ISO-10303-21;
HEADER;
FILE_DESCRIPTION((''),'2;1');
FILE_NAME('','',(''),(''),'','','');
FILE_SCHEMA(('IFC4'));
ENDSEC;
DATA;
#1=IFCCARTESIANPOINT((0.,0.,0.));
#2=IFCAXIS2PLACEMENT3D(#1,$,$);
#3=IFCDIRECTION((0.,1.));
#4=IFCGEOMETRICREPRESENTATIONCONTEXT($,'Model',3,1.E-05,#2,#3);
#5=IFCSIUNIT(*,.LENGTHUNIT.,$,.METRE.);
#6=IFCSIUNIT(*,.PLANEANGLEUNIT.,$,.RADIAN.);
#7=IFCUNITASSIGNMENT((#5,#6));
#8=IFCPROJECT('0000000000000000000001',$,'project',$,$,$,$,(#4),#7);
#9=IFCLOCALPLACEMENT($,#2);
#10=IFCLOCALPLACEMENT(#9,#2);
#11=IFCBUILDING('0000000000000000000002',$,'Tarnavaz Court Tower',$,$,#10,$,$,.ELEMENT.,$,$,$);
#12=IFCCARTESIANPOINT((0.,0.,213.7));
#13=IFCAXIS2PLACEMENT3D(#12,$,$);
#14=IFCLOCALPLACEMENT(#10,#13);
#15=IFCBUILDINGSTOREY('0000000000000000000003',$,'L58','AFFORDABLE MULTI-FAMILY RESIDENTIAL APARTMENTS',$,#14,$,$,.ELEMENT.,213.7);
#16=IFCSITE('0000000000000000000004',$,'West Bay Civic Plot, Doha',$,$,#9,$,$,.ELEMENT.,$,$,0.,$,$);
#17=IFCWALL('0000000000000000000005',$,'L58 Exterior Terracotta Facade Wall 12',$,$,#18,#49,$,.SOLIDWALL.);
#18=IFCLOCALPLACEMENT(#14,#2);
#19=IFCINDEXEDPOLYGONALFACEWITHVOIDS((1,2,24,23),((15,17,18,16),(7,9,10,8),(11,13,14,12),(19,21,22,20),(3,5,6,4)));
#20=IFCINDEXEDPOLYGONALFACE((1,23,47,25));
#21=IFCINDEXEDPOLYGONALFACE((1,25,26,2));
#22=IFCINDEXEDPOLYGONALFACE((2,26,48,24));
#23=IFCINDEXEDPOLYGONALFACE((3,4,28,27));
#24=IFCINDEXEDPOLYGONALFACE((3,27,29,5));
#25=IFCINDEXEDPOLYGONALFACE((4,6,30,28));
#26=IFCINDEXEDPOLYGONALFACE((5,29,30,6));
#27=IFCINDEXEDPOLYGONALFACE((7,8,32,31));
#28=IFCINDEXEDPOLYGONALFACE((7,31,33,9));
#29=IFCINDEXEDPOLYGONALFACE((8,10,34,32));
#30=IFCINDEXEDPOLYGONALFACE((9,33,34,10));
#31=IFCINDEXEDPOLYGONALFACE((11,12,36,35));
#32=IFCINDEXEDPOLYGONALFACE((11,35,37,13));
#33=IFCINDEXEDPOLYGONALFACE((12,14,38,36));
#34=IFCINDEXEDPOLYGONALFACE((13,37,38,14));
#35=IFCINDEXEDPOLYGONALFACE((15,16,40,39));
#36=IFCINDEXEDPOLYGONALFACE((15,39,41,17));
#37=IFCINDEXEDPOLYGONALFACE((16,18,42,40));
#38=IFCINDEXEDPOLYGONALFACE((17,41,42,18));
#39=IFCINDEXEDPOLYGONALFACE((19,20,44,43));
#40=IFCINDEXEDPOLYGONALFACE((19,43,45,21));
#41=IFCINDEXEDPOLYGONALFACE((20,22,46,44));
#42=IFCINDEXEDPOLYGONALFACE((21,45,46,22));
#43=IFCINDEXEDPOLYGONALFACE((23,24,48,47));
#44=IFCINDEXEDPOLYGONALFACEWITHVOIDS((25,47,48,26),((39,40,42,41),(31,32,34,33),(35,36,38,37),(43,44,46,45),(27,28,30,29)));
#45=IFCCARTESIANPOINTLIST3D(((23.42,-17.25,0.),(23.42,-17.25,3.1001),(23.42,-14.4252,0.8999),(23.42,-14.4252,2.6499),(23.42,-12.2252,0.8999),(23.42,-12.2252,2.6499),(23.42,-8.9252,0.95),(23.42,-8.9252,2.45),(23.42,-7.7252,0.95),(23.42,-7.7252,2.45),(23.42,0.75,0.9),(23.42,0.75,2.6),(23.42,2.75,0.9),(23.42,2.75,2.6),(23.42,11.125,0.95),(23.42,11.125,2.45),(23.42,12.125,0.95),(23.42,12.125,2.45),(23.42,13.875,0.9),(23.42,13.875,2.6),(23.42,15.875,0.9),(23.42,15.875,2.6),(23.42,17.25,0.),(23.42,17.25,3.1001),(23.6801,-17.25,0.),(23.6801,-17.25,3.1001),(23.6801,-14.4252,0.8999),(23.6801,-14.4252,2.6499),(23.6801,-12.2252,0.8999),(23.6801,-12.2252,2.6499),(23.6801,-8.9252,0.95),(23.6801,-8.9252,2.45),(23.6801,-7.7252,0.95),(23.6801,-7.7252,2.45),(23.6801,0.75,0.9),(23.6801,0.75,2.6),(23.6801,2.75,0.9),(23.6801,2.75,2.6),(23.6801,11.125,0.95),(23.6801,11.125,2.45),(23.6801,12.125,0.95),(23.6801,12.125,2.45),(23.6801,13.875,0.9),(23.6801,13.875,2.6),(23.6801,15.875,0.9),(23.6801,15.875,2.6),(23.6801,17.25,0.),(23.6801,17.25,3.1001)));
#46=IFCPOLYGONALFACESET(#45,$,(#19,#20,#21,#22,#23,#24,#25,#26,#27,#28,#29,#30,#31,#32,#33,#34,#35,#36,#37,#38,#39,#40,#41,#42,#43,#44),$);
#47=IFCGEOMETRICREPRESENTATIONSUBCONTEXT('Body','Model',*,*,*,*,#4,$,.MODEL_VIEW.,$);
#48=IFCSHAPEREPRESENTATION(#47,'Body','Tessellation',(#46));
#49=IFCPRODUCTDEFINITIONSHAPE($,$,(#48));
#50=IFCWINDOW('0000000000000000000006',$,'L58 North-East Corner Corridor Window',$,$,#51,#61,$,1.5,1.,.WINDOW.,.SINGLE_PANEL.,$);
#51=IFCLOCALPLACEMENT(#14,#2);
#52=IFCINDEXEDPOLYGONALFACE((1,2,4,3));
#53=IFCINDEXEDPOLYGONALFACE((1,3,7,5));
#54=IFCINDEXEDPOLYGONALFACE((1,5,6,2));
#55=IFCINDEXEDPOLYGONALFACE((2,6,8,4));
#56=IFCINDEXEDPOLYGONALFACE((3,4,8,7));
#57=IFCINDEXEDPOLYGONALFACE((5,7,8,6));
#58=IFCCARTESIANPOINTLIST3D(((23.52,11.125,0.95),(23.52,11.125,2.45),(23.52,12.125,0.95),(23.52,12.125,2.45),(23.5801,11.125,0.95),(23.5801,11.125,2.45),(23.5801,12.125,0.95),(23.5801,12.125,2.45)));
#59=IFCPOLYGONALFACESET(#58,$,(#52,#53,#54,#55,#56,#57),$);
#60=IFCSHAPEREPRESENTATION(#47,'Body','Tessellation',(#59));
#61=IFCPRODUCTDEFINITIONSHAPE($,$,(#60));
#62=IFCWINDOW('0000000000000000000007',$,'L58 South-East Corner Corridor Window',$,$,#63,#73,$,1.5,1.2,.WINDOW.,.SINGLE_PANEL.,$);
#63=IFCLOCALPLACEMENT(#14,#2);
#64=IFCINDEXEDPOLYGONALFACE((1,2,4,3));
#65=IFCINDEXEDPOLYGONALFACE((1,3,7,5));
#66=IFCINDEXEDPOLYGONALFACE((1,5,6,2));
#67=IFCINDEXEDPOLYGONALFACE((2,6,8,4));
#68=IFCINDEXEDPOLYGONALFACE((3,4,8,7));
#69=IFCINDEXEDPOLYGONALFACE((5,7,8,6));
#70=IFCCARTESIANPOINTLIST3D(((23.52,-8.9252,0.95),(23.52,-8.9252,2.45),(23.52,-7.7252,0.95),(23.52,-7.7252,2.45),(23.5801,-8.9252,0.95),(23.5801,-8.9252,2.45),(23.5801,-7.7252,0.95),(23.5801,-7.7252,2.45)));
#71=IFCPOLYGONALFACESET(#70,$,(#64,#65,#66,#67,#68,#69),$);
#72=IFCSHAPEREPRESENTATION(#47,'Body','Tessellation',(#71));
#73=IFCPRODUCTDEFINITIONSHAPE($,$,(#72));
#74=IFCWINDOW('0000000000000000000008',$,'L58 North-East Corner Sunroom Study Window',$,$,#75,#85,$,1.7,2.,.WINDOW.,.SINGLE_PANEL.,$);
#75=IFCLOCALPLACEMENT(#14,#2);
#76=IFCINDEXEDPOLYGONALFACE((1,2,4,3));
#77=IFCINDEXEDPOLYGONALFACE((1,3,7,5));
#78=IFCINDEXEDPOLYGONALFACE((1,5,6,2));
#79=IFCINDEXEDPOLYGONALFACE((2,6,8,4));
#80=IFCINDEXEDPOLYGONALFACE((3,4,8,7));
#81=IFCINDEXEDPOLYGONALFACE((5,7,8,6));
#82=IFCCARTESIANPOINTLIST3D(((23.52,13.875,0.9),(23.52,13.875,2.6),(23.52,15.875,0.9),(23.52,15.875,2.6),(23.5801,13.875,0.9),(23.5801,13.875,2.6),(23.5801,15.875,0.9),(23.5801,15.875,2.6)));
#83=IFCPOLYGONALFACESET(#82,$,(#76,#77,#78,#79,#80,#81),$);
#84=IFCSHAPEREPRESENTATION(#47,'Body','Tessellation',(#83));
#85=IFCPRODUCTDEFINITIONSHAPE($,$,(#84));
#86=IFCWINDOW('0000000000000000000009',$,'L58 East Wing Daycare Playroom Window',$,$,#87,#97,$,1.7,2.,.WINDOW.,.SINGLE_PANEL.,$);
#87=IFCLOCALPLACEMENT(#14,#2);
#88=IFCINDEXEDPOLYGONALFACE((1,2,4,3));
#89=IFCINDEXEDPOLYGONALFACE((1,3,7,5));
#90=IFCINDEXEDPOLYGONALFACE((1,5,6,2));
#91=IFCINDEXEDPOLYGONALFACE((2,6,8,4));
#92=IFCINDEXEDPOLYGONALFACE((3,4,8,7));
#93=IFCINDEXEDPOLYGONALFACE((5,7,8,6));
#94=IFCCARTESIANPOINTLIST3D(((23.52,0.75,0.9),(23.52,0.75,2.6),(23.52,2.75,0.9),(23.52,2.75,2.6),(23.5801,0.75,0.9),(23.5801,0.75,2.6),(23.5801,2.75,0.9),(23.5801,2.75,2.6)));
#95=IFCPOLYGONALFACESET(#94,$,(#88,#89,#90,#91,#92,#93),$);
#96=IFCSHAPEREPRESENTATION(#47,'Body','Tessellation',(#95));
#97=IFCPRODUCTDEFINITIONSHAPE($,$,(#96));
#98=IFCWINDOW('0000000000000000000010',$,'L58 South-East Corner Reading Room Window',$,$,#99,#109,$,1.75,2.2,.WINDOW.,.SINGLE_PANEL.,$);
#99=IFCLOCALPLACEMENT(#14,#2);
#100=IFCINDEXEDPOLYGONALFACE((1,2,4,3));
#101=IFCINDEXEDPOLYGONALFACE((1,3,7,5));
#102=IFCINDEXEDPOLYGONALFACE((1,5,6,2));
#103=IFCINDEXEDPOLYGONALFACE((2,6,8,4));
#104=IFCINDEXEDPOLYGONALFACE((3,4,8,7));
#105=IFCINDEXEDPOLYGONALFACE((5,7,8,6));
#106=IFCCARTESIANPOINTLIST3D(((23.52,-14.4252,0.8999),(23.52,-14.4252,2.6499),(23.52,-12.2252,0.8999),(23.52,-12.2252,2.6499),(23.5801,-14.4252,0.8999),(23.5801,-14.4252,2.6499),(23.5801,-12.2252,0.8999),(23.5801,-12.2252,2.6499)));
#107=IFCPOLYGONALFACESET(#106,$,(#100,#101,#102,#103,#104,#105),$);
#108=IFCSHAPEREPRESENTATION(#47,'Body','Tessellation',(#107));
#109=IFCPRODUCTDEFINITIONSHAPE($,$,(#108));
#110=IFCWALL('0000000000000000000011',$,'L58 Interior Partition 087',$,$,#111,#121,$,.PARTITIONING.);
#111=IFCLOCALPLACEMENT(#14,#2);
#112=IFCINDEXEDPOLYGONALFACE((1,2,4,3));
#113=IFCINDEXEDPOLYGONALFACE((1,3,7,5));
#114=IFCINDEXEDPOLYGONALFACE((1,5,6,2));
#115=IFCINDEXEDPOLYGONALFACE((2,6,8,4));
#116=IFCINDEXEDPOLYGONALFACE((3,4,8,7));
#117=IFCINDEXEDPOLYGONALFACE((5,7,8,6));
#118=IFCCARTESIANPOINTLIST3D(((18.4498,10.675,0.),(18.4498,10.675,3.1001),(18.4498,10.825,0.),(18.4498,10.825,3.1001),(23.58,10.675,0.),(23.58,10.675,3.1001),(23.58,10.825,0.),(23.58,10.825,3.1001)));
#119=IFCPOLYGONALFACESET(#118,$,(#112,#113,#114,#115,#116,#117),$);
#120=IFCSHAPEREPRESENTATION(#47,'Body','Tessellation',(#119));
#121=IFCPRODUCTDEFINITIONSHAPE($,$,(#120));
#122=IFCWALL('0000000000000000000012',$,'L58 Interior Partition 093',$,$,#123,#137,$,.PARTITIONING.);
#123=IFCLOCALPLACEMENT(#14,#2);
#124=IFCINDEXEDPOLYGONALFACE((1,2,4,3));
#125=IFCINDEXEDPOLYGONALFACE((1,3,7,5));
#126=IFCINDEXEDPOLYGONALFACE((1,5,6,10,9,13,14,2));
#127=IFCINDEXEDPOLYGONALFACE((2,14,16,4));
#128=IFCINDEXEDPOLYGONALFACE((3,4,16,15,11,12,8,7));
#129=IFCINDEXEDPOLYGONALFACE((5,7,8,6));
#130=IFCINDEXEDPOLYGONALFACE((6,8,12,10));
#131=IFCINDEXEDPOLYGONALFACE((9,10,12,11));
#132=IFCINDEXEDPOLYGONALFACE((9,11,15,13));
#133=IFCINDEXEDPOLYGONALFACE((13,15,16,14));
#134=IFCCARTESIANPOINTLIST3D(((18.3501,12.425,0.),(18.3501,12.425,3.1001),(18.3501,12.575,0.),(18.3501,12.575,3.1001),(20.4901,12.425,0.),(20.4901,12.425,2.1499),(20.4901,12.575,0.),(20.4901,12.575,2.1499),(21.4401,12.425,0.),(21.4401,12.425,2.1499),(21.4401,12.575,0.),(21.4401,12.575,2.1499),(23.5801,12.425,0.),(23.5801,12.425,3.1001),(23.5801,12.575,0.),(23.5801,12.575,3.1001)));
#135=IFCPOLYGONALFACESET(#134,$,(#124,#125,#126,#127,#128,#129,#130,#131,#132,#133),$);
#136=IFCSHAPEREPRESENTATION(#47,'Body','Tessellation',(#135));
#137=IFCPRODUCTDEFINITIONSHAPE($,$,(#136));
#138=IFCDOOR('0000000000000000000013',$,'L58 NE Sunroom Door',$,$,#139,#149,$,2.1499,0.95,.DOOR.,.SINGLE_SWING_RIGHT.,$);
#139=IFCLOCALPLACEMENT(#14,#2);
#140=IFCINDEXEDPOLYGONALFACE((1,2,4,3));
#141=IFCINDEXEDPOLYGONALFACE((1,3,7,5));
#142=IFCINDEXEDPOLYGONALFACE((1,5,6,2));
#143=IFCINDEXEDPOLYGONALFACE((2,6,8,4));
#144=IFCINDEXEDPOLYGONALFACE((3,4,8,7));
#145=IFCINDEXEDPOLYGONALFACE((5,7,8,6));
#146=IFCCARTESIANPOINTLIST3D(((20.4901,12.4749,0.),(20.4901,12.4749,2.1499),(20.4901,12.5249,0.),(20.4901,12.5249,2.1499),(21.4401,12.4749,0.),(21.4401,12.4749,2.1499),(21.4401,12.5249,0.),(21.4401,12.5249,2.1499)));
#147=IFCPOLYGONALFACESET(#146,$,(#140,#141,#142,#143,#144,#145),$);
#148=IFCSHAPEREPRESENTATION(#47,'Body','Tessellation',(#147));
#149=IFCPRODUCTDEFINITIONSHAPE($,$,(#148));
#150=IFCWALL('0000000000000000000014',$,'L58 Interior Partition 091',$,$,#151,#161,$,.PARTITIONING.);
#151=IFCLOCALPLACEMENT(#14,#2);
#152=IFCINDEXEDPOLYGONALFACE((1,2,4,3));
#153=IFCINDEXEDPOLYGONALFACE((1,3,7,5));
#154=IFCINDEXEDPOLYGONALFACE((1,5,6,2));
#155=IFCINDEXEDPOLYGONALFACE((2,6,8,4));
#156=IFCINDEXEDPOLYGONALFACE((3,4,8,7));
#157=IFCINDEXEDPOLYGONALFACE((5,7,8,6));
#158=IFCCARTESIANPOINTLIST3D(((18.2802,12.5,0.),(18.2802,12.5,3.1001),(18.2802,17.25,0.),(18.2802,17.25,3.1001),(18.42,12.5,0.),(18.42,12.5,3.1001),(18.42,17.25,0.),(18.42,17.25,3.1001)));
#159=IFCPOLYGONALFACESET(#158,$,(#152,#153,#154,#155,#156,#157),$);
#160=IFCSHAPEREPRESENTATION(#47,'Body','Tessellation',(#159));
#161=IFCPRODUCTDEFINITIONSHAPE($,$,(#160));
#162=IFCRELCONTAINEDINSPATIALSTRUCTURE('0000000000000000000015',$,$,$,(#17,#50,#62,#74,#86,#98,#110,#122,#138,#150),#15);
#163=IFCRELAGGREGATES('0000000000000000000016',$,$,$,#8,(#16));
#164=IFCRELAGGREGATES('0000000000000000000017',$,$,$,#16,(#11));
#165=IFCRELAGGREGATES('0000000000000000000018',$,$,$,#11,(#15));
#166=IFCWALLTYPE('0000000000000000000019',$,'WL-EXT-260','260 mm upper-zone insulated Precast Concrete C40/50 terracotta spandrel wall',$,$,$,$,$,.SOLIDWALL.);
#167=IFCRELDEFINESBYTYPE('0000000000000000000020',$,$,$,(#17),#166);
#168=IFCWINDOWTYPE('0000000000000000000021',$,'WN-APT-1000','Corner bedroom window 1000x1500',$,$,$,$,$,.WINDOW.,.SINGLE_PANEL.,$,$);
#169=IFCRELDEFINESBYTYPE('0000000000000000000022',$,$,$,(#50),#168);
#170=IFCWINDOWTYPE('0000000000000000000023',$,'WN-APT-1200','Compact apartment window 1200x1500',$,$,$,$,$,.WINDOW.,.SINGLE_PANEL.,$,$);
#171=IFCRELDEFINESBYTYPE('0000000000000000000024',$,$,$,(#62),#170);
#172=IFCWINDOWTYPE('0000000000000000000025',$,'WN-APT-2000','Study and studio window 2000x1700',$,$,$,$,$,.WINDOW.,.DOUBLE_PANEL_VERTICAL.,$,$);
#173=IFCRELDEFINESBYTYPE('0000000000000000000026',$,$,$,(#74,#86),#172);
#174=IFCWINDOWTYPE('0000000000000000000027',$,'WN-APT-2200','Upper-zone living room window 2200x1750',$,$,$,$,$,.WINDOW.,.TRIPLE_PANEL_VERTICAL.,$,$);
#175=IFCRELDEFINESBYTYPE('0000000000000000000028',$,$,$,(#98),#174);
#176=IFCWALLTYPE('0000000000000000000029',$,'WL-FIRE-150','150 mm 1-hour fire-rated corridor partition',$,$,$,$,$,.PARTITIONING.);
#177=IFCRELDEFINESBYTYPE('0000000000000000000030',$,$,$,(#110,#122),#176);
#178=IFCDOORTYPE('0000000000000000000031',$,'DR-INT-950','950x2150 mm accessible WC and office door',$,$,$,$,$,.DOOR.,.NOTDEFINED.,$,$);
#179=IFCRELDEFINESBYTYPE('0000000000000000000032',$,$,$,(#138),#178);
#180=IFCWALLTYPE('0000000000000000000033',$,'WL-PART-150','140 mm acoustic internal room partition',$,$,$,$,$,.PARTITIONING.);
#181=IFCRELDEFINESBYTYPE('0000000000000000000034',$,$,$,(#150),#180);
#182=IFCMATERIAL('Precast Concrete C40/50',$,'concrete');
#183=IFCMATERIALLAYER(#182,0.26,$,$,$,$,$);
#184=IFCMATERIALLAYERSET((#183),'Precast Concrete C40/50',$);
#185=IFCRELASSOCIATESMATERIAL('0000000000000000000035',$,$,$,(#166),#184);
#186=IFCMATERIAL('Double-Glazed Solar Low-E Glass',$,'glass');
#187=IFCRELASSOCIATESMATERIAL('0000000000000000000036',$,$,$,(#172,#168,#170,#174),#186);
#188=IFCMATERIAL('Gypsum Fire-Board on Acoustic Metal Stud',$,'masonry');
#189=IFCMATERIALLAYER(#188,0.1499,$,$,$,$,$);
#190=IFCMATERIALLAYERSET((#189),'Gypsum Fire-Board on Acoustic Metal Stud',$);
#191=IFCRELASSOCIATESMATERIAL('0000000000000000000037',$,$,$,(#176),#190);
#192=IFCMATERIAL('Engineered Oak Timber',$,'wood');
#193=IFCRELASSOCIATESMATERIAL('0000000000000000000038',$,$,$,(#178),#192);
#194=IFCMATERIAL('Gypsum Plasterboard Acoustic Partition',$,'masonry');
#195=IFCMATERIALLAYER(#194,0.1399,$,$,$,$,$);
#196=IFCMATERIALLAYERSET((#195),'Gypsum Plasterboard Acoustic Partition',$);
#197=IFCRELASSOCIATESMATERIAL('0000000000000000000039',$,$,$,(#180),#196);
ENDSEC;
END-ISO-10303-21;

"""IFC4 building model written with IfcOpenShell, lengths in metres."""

from ifc_helpers import new_model, si_unit, direction, frame, frame_2d, origin, place, context, subcontext, project, spatial, rectangle, extrude, material, layer, layer_set, type_object, element, fill, save


model = new_model("IFC4")

# Units and contexts
model_context = context("Model", 3, precision=1e-05, world=origin(), true_north=direction((0.0, 1.0)))
body_context = subcontext(model_context, "Body", "Model", "MODEL_VIEW")
ifc_project = project(units=[si_unit("LENGTHUNIT", "METRE"), si_unit("PLANEANGLEUNIT", "RADIAN")], contexts=[model_context])

# Site, building, storey
site_placement = place(None, origin())
site = spatial("IfcSite", under=ifc_project, at=site_placement, Name="West Bay Civic Plot, Doha", CompositionType="ELEMENT", RefElevation=0.0)
building_placement = place(site_placement, origin())
building = spatial("IfcBuilding", under=site, at=building_placement, Name="Tarnavaz Court Tower", CompositionType="ELEMENT")
storey_placement = place(building_placement, frame((0.0, 0.0, 213.7)))
storey = spatial("IfcBuildingStorey", under=building, at=storey_placement, Name="L58", Description="AFFORDABLE MULTI-FAMILY RESIDENTIAL APARTMENTS", CompositionType="ELEMENT", Elevation=213.7)

# Shared definitions
ifc_material_1 = material(Name="Precast Concrete C40/50", Category="concrete")
ifc_layer_1 = layer(ifc_material_1, 0.26)
ifc_layer_set_1 = layer_set([ifc_layer_1], Name="Precast Concrete C40/50")
wall_type_1 = type_object("IfcWallType", Name="WL-EXT-260", Description="260 mm upper-zone insulated Precast Concrete C40/50 terracotta spandrel wall", PredefinedType="SOLIDWALL", material=ifc_layer_set_1)
ifc_material_2 = material(Name="Double-Glazed Solar Low-E Glass", Category="glass")
window_type_1 = type_object("IfcWindowType", Name="WN-APT-2000", Description="Study and studio window 2000x1700", PartitioningType="DOUBLE_PANEL_VERTICAL", PredefinedType="WINDOW", material=ifc_material_2)

# Wall, openings, windows
wall_1_placement = place(storey_placement, frame((23.55, 17.25, 0.0), z_axis=(0.0, 0.0, 1.0), x_axis=(0.0, -1.0, 0.0)))
wall_1 = element("IfcWall", 1, at=wall_1_placement, inside=storey, type_object=wall_type_1, Name="L58 Exterior Terracotta Facade Wall 12", PredefinedType="SOLIDWALL", context=body_context, shape_type="SweptSolid", body=[
    extrude(rectangle(XDim=34.5, YDim=0.26, at=frame_2d((17.25, 0.0))), origin(), (0.0, 0.0, 1.0), 3.1001),
])
opening_1_placement = place(wall_1_placement, frame((1.375, 0.0, 0.8999)))
opening_1 = element("IfcOpeningElement", 2, at=opening_1_placement, cuts=wall_1, PredefinedType="OPENING", context=body_context, shape_type="SweptSolid", body=[
    extrude(rectangle(XDim=2.0, YDim=1.7, at=frame_2d((1.0, 0.8501))), frame((0.0, 0.1399, 0.0), z_axis=(0.0, -1.0, 0.0), x_axis=(1.0, 0.0, 0.0)), (0.0, 0.0, 1.0), 0.28),
])
opening_2_placement = place(wall_1_placement, frame((5.125, 0.0, 0.95)))
opening_2 = element("IfcOpeningElement", 3, at=opening_2_placement, cuts=wall_1, PredefinedType="OPENING", context=body_context, shape_type="SweptSolid", body=[
    extrude(rectangle(XDim=1.0, YDim=1.5, at=frame_2d((0.5, 0.75))), frame((0.0, 0.1399, 0.0), z_axis=(0.0, -1.0, 0.0), x_axis=(1.0, 0.0, 0.0)), (0.0, 0.0, 1.0), 0.28),
])
opening_3_placement = place(wall_1_placement, frame((14.5, 0.0, 0.8999)))
opening_3 = element("IfcOpeningElement", 4, at=opening_3_placement, cuts=wall_1, PredefinedType="OPENING", context=body_context, shape_type="SweptSolid", body=[
    extrude(rectangle(XDim=2.0, YDim=1.7, at=frame_2d((1.0, 0.8501))), frame((0.0, 0.1399, 0.0), z_axis=(0.0, -1.0, 0.0), x_axis=(1.0, 0.0, 0.0)), (0.0, 0.0, 1.0), 0.28),
])
opening_4_placement = place(wall_1_placement, frame((24.9751, 0.0, 0.95)))
opening_4 = element("IfcOpeningElement", 5, at=opening_4_placement, cuts=wall_1, PredefinedType="OPENING", context=body_context, shape_type="SweptSolid", body=[
    extrude(rectangle(XDim=1.2, YDim=1.5, at=frame_2d((0.6001, 0.75))), frame((0.0, 0.1399, 0.0), z_axis=(0.0, -1.0, 0.0), x_axis=(1.0, 0.0, 0.0)), (0.0, 0.0, 1.0), 0.28),
])
opening_5_placement = place(wall_1_placement, frame((29.4751, 0.0, 0.8999)))
opening_5 = element("IfcOpeningElement", 6, at=opening_5_placement, cuts=wall_1, PredefinedType="OPENING", context=body_context, shape_type="SweptSolid", body=[
    extrude(rectangle(XDim=2.2, YDim=1.75, at=frame_2d((1.1001, 0.875))), frame((0.0, 0.1399, 0.0), z_axis=(0.0, -1.0, 0.0), x_axis=(1.0, 0.0, 0.0)), (0.0, 0.0, 1.0), 0.28),
])
window_type_2 = type_object("IfcWindowType", Name="WN-APT-1000", Description="Corner bedroom window 1000x1500", PartitioningType="SINGLE_PANEL", PredefinedType="WINDOW", material=ifc_material_2)
window_1_placement = place(opening_2_placement, origin())
window_1 = element("IfcWindow", 7, at=window_1_placement, inside=storey, type_object=window_type_2, Name="L58 North-East Corner Corridor Window", OverallHeight=1.5, OverallWidth=1.0, PartitioningType="SINGLE_PANEL", PredefinedType="WINDOW", context=body_context, shape_type="SweptSolid", body=[
    extrude(rectangle(XDim=1.0, YDim=1.5, at=frame_2d((0.5, 0.75))), frame((0.0, 0.03, 0.0), z_axis=(0.0, -1.0, 0.0), x_axis=(1.0, 0.0, 0.0)), (0.0, 0.0, 1.0), 0.0601),
])
fill(opening_2, window_1)
window_type_3 = type_object("IfcWindowType", Name="WN-APT-1200", Description="Compact apartment window 1200x1500", PartitioningType="SINGLE_PANEL", PredefinedType="WINDOW", material=ifc_material_2)
window_2_placement = place(opening_4_placement, origin())
window_2 = element("IfcWindow", 8, at=window_2_placement, inside=storey, type_object=window_type_3, Name="L58 South-East Corner Corridor Window", OverallHeight=1.5, OverallWidth=1.2, PartitioningType="SINGLE_PANEL", PredefinedType="WINDOW", context=body_context, shape_type="SweptSolid", body=[
    extrude(rectangle(XDim=1.2, YDim=1.5, at=frame_2d((0.6001, 0.75))), frame((0.0, 0.03, 0.0), z_axis=(0.0, -1.0, 0.0), x_axis=(1.0, 0.0, 0.0)), (0.0, 0.0, 1.0), 0.0601),
])
fill(opening_4, window_2)
window_3_placement = place(opening_1_placement, origin())
window_3 = element("IfcWindow", 9, at=window_3_placement, inside=storey, type_object=window_type_1, Name="L58 North-East Corner Sunroom Study Window", OverallHeight=1.7, OverallWidth=2.0, PartitioningType="SINGLE_PANEL", PredefinedType="WINDOW", context=body_context, shape_type="SweptSolid", body=[
    extrude(rectangle(XDim=2.0, YDim=1.7, at=frame_2d((1.0, 0.8501))), frame((0.0, 0.03, 0.0), z_axis=(0.0, -1.0, 0.0), x_axis=(1.0, 0.0, 0.0)), (0.0, 0.0, 1.0), 0.0601),
])
fill(opening_1, window_3)
window_4_placement = place(opening_3_placement, origin())
window_4 = element("IfcWindow", 10, at=window_4_placement, inside=storey, type_object=window_type_1, Name="L58 East Wing Daycare Playroom Window", OverallHeight=1.7, OverallWidth=2.0, PartitioningType="SINGLE_PANEL", PredefinedType="WINDOW", context=body_context, shape_type="SweptSolid", body=[
    extrude(rectangle(XDim=2.0, YDim=1.7, at=frame_2d((1.0, 0.8501))), frame((0.0, 0.03, 0.0), z_axis=(0.0, -1.0, 0.0), x_axis=(1.0, 0.0, 0.0)), (0.0, 0.0, 1.0), 0.0601),
])
fill(opening_3, window_4)
window_type_4 = type_object("IfcWindowType", Name="WN-APT-2200", Description="Upper-zone living room window 2200x1750", PartitioningType="TRIPLE_PANEL_VERTICAL", PredefinedType="WINDOW", material=ifc_material_2)
window_5_placement = place(opening_5_placement, origin())
window_5 = element("IfcWindow", 11, at=window_5_placement, inside=storey, type_object=window_type_4, Name="L58 South-East Corner Reading Room Window", OverallHeight=1.75, OverallWidth=2.2, PartitioningType="SINGLE_PANEL", PredefinedType="WINDOW", context=body_context, shape_type="SweptSolid", body=[
    extrude(rectangle(XDim=2.2, YDim=1.75, at=frame_2d((1.1001, 0.875))), frame((0.0, 0.03, 0.0), z_axis=(0.0, -1.0, 0.0), x_axis=(1.0, 0.0, 0.0)), (0.0, 0.0, 1.0), 0.0601),
])
fill(opening_5, window_5)

# Wall
ifc_material_3 = material(Name="Gypsum Fire-Board on Acoustic Metal Stud", Category="masonry")
ifc_layer_2 = layer(ifc_material_3, 0.1499)
ifc_layer_set_2 = layer_set([ifc_layer_2], Name="Gypsum Fire-Board on Acoustic Metal Stud")
wall_type_2 = type_object("IfcWallType", Name="WL-FIRE-150", Description="150 mm 1-hour fire-rated corridor partition", PredefinedType="PARTITIONING", material=ifc_layer_set_2)
wall_2_placement = place(storey_placement, frame((18.45, 10.75, 0.0), z_axis=(0.0, 0.0, 1.0), x_axis=(1.0, 0.0, 0.0)))
element("IfcWall", 12, at=wall_2_placement, inside=storey, type_object=wall_type_2, Name="L58 Interior Partition 087", PredefinedType="PARTITIONING", context=body_context, shape_type="SweptSolid", body=[
    extrude(rectangle(XDim=5.1301, YDim=0.1499, at=frame_2d((2.5649, 0.0))), origin(), (0.0, 0.0, 1.0), 3.1001),
])

# Wall, opening, door
wall_3_placement = place(storey_placement, frame((18.3501, 12.5, 0.0), z_axis=(0.0, 0.0, 1.0), x_axis=(1.0, 0.0, 0.0)))
wall_3 = element("IfcWall", 13, at=wall_3_placement, inside=storey, type_object=wall_type_2, Name="L58 Interior Partition 093", PredefinedType="PARTITIONING", context=body_context, shape_type="SweptSolid", body=[
    extrude(rectangle(XDim=5.23, YDim=0.1499, at=frame_2d((2.615, 0.0))), origin(), (0.0, 0.0, 1.0), 3.1001),
])
opening_6_placement = place(wall_3_placement, frame((2.1399, 0.0, 0.0)))
opening_6 = element("IfcOpeningElement", 14, at=opening_6_placement, cuts=wall_3, PredefinedType="OPENING", context=body_context, shape_type="SweptSolid", body=[
    extrude(rectangle(XDim=0.95, YDim=2.1499, at=frame_2d((0.4751, 1.075))), frame((0.0, 0.085, 0.0), z_axis=(0.0, -1.0, 0.0), x_axis=(1.0, 0.0, 0.0)), (0.0, 0.0, 1.0), 0.1699),
])
ifc_material_4 = material(Name="Engineered Oak Timber", Category="wood")
door_type = type_object("IfcDoorType", Name="DR-INT-950", Description="950x2150 mm accessible WC and office door", OperationType="NOTDEFINED", PredefinedType="DOOR", material=ifc_material_4)
door_placement = place(opening_6_placement, origin())
door = element("IfcDoor", 15, at=door_placement, inside=storey, type_object=door_type, Name="L58 NE Sunroom Door", OperationType="SINGLE_SWING_RIGHT", OverallHeight=2.1499, OverallWidth=0.95, PredefinedType="DOOR", context=body_context, shape_type="SweptSolid", body=[
    extrude(rectangle(XDim=0.95, YDim=2.1499, at=frame_2d((0.4751, 1.075))), frame((0.0, 0.0249, 0.0), z_axis=(0.0, -1.0, 0.0), x_axis=(1.0, 0.0, 0.0)), (0.0, 0.0, 1.0), 0.05),
])
fill(opening_6, door)

# Wall
ifc_material_5 = material(Name="Gypsum Plasterboard Acoustic Partition", Category="masonry")
ifc_layer_3 = layer(ifc_material_5, 0.1399)
ifc_layer_set_3 = layer_set([ifc_layer_3], Name="Gypsum Plasterboard Acoustic Partition")
wall_type_3 = type_object("IfcWallType", Name="WL-PART-150", Description="140 mm acoustic internal room partition", PredefinedType="PARTITIONING", material=ifc_layer_set_3)
wall_4_placement = place(storey_placement, frame((18.3501, 12.5, 0.0), z_axis=(0.0, 0.0, 1.0), x_axis=(0.0, 1.0, 0.0)))
element("IfcWall", 16, at=wall_4_placement, inside=storey, type_object=wall_type_3, Name="L58 Interior Partition 091", PredefinedType="PARTITIONING", context=body_context, shape_type="SweptSolid", body=[
    extrude(rectangle(XDim=4.75, YDim=0.1399, at=frame_2d((2.375, 0.0))), origin(), (0.0, 0.0, 1.0), 3.1001),
])

save(model, "model.ifc")
